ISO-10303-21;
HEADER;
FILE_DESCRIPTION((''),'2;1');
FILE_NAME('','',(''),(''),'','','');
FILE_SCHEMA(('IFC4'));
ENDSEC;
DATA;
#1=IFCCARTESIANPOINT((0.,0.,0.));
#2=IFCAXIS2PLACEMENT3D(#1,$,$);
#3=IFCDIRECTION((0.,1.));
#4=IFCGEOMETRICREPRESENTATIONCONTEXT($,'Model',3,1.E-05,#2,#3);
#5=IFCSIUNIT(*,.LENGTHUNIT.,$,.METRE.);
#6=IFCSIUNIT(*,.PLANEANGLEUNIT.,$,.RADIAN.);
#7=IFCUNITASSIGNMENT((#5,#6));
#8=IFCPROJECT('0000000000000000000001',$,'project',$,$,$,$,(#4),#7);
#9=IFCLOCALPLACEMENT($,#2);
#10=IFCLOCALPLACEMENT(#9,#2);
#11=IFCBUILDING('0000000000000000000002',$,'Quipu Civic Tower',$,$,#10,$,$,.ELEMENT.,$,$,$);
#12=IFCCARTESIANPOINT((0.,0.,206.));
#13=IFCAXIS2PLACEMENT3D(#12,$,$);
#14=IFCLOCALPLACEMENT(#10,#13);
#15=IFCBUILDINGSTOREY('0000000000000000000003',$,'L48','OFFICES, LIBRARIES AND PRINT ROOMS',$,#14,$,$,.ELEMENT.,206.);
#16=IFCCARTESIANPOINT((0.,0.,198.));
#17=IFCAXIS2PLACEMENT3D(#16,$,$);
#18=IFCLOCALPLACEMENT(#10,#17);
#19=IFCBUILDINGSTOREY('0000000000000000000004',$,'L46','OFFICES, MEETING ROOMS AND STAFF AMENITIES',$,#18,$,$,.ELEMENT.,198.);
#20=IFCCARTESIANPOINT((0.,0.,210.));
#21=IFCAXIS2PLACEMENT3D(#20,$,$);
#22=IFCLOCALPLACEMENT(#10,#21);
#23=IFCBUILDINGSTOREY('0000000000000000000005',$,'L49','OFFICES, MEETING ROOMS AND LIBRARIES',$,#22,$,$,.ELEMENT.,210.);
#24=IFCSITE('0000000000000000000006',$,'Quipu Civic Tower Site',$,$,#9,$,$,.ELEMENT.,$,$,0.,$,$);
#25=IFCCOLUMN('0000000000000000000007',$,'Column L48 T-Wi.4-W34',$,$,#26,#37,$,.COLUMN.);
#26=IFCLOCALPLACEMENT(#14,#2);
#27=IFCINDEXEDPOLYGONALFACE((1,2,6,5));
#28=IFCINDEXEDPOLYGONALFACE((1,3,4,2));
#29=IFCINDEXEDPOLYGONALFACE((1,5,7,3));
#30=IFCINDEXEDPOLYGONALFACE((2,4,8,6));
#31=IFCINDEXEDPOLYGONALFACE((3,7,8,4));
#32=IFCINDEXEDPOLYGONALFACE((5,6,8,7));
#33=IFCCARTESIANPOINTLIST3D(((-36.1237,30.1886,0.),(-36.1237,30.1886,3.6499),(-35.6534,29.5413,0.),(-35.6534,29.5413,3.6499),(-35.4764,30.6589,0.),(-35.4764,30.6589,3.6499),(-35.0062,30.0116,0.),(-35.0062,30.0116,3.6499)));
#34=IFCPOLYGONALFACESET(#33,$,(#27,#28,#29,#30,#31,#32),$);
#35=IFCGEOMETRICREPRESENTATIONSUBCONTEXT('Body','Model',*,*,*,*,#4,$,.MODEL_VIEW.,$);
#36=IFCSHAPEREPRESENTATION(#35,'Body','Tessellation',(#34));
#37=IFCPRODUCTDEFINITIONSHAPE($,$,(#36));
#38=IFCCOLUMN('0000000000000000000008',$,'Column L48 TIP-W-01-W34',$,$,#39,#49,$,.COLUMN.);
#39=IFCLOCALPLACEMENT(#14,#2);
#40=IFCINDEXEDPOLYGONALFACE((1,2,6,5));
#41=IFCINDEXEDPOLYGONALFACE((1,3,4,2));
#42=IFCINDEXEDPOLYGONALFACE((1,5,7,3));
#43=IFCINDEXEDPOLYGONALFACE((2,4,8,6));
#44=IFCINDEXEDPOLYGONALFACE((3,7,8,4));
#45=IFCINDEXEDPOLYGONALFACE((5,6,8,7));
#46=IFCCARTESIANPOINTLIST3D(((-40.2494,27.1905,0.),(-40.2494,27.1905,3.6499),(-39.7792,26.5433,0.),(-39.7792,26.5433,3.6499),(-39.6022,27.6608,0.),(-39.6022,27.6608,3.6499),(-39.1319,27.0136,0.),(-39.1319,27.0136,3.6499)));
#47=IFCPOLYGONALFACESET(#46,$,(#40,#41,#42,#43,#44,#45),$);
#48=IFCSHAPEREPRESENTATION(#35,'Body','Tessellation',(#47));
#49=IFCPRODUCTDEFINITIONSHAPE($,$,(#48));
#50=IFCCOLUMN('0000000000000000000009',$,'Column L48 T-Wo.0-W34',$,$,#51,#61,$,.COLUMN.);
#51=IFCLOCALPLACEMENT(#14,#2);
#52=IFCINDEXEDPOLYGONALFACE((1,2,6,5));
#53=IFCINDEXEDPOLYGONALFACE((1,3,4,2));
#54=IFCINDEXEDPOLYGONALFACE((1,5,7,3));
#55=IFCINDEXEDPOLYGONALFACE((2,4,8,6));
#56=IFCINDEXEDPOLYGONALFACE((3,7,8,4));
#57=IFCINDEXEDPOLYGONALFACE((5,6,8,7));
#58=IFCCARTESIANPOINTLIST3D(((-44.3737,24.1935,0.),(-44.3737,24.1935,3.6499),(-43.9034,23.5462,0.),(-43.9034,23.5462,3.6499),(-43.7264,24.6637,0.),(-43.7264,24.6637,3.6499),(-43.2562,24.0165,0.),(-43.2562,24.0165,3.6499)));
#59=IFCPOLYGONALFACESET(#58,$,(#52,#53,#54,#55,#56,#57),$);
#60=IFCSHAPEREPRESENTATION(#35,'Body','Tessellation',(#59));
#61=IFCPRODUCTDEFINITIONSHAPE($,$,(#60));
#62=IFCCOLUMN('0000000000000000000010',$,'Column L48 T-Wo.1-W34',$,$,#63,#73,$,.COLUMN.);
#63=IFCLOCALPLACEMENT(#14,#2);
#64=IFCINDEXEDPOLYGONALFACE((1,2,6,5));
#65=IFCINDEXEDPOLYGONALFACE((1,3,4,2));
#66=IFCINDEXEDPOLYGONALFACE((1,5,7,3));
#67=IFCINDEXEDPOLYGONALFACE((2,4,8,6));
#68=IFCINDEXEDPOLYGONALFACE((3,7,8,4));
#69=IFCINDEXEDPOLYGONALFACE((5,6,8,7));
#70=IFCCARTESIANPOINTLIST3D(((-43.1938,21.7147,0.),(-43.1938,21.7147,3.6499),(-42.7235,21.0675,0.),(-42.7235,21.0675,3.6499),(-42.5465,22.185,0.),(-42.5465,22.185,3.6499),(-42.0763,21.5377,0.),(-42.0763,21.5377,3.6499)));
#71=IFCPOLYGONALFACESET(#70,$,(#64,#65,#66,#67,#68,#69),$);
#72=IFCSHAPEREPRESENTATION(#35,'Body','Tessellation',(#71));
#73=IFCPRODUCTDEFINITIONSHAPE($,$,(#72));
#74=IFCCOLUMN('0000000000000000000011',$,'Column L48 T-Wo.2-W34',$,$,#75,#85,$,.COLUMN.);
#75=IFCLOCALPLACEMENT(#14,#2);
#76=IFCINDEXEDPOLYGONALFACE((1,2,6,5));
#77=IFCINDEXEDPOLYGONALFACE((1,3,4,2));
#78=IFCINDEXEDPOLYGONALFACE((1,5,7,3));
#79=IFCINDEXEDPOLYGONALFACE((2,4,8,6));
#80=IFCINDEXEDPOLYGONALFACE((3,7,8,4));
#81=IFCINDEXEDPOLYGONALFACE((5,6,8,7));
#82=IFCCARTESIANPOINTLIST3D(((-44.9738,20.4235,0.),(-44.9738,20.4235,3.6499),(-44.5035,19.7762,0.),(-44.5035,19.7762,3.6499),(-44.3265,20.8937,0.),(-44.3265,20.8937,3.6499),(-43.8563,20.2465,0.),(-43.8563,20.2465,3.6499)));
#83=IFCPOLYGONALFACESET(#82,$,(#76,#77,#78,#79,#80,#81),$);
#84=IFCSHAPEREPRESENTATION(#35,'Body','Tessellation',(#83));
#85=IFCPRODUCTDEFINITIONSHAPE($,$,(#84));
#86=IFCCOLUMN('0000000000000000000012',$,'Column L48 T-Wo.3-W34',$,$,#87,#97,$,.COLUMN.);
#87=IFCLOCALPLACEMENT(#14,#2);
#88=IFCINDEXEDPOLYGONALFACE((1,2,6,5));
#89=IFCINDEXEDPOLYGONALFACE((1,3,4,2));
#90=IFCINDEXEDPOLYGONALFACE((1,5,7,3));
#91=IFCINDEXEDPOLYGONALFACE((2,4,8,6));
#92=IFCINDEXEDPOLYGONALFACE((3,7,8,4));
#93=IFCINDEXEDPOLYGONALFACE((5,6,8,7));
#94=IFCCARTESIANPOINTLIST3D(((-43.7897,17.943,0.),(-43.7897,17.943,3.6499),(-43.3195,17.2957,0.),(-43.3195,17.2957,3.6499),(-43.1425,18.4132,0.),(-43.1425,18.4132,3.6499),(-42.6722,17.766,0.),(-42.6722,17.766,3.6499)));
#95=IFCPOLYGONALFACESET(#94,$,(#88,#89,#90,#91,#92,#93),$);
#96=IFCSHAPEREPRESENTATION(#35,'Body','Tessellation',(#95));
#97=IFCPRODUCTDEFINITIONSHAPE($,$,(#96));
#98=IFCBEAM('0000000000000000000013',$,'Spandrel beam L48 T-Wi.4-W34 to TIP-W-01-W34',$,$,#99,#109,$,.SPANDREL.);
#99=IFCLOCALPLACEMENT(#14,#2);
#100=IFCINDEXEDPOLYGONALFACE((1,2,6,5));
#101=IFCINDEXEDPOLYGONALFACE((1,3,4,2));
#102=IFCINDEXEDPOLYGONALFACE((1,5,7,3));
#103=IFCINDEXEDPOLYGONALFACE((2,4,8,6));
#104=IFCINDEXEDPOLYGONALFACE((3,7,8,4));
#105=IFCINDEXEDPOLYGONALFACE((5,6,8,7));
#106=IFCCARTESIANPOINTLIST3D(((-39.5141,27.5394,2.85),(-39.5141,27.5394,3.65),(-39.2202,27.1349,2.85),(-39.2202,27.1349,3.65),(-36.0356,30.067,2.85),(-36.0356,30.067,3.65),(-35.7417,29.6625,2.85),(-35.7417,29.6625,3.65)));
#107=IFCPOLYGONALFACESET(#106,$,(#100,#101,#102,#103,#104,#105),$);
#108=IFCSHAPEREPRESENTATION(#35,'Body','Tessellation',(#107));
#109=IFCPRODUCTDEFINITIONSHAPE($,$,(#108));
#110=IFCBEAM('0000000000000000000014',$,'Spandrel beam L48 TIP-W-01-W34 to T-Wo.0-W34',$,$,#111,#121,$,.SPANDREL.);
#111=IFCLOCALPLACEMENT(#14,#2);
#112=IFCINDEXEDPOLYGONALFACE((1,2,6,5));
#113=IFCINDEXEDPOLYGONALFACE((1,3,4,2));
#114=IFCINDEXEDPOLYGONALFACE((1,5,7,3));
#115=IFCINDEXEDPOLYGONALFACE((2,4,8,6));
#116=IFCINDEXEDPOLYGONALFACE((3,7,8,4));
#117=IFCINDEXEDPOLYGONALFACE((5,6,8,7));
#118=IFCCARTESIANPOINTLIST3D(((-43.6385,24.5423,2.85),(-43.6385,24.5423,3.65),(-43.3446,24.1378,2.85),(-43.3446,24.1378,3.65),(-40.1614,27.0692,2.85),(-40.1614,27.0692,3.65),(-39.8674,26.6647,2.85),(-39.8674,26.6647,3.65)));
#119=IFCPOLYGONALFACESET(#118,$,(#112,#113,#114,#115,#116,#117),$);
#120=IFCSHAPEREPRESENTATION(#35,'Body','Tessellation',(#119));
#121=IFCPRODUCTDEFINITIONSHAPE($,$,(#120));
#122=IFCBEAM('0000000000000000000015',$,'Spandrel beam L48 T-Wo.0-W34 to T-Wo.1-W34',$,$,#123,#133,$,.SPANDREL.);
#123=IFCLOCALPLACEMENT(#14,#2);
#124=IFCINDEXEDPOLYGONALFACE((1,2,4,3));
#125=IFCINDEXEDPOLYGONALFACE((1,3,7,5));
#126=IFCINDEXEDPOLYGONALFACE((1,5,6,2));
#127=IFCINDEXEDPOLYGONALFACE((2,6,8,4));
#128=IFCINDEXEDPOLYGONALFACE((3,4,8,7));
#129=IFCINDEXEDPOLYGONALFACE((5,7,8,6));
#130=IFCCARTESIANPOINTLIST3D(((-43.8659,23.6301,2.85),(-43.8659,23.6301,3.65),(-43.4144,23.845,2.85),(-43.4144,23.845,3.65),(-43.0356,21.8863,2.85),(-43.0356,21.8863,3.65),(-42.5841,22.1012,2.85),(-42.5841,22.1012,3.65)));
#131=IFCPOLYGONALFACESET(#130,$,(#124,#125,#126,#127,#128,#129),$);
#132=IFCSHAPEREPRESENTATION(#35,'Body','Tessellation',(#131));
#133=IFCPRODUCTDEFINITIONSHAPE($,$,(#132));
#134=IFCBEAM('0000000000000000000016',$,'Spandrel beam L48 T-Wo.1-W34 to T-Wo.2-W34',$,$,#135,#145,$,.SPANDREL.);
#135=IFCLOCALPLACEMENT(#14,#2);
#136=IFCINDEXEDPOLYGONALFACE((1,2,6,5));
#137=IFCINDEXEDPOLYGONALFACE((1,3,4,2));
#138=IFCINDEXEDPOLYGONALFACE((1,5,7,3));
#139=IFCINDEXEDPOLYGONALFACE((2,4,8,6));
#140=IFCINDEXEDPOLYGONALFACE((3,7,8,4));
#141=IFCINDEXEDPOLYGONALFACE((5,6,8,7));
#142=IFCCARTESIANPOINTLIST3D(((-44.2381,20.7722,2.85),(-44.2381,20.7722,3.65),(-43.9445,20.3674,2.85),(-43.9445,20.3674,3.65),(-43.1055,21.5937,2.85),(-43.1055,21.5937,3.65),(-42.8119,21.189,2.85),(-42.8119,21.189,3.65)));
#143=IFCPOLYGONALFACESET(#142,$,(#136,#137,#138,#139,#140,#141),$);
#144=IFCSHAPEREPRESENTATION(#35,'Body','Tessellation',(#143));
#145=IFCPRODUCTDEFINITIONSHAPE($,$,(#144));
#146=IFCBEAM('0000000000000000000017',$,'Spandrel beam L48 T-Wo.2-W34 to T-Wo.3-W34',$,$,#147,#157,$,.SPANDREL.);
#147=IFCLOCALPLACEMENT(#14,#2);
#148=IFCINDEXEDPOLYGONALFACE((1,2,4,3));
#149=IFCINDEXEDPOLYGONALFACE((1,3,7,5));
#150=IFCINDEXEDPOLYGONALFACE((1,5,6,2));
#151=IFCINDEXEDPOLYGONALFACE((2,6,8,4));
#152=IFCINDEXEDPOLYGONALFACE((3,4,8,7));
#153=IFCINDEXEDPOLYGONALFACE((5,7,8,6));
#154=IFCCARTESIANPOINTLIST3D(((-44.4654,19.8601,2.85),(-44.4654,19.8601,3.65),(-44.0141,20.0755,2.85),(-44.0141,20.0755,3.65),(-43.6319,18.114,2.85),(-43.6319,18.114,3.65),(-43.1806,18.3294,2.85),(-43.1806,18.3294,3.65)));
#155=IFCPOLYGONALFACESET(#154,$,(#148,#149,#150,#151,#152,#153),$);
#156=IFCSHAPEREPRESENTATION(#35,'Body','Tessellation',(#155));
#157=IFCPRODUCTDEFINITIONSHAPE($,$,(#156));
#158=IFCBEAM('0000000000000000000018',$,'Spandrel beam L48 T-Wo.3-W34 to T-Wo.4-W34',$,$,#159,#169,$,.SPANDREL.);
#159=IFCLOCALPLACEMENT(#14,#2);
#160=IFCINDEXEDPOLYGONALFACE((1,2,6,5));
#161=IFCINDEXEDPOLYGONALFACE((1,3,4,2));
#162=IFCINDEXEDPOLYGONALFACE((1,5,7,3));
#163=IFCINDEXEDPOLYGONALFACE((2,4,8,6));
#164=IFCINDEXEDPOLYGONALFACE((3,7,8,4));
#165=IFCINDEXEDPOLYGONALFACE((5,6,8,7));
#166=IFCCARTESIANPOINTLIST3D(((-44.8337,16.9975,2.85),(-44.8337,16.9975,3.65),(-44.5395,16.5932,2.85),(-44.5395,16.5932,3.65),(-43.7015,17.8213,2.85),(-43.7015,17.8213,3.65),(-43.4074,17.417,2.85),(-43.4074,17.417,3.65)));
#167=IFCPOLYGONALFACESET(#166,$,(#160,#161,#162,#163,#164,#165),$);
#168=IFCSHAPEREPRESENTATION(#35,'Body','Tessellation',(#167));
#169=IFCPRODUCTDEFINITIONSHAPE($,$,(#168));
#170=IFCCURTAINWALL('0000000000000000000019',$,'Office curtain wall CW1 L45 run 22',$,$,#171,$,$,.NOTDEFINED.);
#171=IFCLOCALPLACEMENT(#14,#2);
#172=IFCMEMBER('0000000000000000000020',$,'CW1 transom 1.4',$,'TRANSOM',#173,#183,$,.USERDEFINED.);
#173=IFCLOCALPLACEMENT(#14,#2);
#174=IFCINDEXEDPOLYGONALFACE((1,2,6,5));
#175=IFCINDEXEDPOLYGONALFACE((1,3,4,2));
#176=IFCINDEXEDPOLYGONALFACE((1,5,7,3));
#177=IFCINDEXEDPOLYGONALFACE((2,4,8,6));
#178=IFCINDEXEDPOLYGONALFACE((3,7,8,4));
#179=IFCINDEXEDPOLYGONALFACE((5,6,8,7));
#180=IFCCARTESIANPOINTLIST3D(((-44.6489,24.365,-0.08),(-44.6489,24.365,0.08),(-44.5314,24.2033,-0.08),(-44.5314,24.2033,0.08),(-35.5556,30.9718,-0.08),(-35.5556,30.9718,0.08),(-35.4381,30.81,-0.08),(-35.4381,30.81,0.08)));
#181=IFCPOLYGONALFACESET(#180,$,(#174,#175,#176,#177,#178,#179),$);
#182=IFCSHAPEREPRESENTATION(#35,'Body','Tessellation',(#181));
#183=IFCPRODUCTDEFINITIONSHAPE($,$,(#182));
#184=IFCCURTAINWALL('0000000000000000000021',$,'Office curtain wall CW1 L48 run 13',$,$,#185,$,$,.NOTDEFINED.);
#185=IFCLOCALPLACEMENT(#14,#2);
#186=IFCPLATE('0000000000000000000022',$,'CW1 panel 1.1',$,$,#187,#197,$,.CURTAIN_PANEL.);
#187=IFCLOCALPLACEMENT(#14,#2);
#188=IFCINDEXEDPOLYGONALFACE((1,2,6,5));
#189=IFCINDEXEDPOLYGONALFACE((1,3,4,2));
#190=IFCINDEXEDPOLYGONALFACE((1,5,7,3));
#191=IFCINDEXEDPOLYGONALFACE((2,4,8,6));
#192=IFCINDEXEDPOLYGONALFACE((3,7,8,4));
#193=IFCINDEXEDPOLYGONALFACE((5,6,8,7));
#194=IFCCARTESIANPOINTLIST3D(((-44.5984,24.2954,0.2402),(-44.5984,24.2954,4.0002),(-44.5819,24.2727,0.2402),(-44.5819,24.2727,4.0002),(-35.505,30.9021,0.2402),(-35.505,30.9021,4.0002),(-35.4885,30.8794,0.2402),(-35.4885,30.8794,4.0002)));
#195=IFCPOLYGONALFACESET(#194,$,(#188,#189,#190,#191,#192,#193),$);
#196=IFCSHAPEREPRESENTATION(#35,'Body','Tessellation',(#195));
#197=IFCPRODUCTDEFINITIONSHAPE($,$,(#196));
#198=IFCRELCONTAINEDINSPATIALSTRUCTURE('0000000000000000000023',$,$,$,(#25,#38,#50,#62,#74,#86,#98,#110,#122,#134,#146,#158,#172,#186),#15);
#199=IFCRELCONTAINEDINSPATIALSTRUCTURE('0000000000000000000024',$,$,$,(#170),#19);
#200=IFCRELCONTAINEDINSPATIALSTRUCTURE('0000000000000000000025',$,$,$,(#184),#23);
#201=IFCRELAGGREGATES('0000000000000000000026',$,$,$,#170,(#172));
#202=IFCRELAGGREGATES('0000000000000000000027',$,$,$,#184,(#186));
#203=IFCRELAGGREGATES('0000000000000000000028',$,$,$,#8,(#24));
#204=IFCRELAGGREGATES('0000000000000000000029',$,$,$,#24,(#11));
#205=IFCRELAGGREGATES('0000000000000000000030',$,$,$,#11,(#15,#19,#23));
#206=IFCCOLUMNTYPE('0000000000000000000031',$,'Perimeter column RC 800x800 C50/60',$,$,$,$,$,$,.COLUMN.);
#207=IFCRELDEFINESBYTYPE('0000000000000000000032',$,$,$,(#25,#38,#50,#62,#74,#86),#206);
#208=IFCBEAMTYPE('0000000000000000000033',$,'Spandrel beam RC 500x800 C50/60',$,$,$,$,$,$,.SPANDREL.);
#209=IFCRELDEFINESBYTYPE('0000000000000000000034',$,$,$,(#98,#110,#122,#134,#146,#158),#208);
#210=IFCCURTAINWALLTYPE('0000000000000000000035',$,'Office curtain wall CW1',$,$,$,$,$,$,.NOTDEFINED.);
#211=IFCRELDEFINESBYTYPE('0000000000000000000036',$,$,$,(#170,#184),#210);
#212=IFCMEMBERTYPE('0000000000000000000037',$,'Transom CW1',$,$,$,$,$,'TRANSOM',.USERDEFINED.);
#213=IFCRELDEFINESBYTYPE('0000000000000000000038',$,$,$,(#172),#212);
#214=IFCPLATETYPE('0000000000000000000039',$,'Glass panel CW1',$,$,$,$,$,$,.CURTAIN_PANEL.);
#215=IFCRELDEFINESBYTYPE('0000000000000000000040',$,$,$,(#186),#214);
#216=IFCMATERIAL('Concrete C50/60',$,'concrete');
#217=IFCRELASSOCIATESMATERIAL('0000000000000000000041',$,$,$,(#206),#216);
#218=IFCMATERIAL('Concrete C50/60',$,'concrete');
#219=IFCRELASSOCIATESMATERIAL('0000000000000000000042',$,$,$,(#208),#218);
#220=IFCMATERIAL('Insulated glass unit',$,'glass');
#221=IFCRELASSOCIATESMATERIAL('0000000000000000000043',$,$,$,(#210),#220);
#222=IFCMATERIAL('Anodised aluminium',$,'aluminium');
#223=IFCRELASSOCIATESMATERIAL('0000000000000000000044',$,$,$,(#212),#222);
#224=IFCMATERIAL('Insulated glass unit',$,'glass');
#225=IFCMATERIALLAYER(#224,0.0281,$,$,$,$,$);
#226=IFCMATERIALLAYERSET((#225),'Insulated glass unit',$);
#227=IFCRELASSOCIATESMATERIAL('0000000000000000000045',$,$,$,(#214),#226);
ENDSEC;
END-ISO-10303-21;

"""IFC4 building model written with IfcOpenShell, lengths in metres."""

from ifc_helpers import new_model, si_unit, direction, frame, origin, origin_2d, place, context, subcontext, project, spatial, rectangle, extrude, material, layer, layer_set, material_profile, profile_set, type_object, element, aggregate, save


model = new_model("IFC4")

# Units and contexts
model_context = context("Model", 3, precision=1e-05, world=origin(), true_north=direction((0.0, 1.0)))
body_context = subcontext(model_context, "Body", "Model", "MODEL_VIEW")
ifc_project = project(units=[si_unit("LENGTHUNIT", "METRE"), si_unit("PLANEANGLEUNIT", "RADIAN")], contexts=[model_context])

# Site, building, storey
site_placement = place(None, origin())
site = spatial("IfcSite", under=ifc_project, at=site_placement, Name="Quipu Civic Tower Site", CompositionType="ELEMENT", RefElevation=0.0)
building_placement = place(site_placement, origin())
building = spatial("IfcBuilding", under=site, at=building_placement, Name="Quipu Civic Tower", CompositionType="ELEMENT")
storey_1_placement = place(building_placement, frame((0.0, 0.0, 206.0)))
storey_1 = spatial("IfcBuildingStorey", under=building, at=storey_1_placement, Name="L48", Description="OFFICES, LIBRARIES AND PRINT ROOMS", CompositionType="ELEMENT", Elevation=206.0)

# Columns
ifc_material_1 = material(Name="Concrete C50/60", Category="concrete")
ifc_material_profile_1 = material_profile(ifc_material_1, rectangle(XDim=0.8, YDim=0.8, at=origin_2d()), Name="RC800x800")
ifc_profile_set_1 = profile_set([ifc_material_profile_1], Name="Concrete C50/60")
column_type = type_object("IfcColumnType", Name="Perimeter column RC 800x800 C50/60", PredefinedType="COLUMN", material=ifc_profile_set_1)
for number, where, z_axis, x_axis, name in (
    (1, (-35.5649, 30.1001, 0.0), (0.0, 0.0, 1.0), (-0.809017, -0.587785, 0.0), "Column L48 T-Wi.4-W34"),
    (2, (-39.6907, 27.1021, 0.0), (0.0, 0.0, 1.0), (-0.809017, -0.587785, 0.0), "Column L48 TIP-W-01-W34"),
    (3, (-43.8149, 24.105, 0.0), (0.0, 0.0, 1.0), (-0.809017, -0.587785, 0.0), "Column L48 T-Wo.0-W34"),
    (4, (-42.635, 21.6262, 0.0), (0.0, 0.0, 1.0), (-0.809017, -0.587785, 0.0), "Column L48 T-Wo.1-W34"),
    (5, (-44.415, 20.335, 0.0), (0.0, 0.0, 1.0), (0.587785, -0.809017, 0.0), "Column L48 T-Wo.2-W34"),
    (6, (-43.231, 17.8545, 0.0), (0.0, 0.0, 1.0), (0.587785, -0.809017, 0.0), "Column L48 T-Wo.3-W34"),
):
    element("IfcColumn", number, at=place(storey_1_placement, frame(where, z_axis=z_axis, x_axis=x_axis)), inside=storey_1, type_object=column_type, Name=name, PredefinedType="COLUMN", context=body_context, shape_type="SweptSolid", body=[
        extrude(rectangle(XDim=0.8, YDim=0.8, at=origin_2d()), origin(), (0.0, 0.0, 1.0), 3.6499),
    ])

# Beams
ifc_material_2 = material(Name="Concrete C50/60", Category="concrete")
ifc_material_profile_2 = material_profile(ifc_material_2, rectangle(XDim=0.5, YDim=0.8, at=origin_2d()), Name="RC500x800")
ifc_profile_set_2 = profile_set([ifc_material_profile_2], Name="Concrete C50/60")
beam_type = type_object("IfcBeamType", Name="Spandrel beam RC 500x800 C50/60", PredefinedType="SPANDREL", material=ifc_profile_set_2)
beam_1_placement = place(storey_1_placement, frame((-35.8887, 29.8647, 3.25), z_axis=(-0.808984, -0.587831, 0.0), x_axis=(0.587831, -0.808984, 0.0)))
element("IfcBeam", 7, at=beam_1_placement, inside=storey_1, type_object=beam_type, Name="Spandrel beam L48 T-Wi.4-W34 to TIP-W-01-W34", PredefinedType="SPANDREL", context=body_context, shape_type="SweptSolid", body=[
    extrude(rectangle(XDim=0.5, YDim=0.8, at=origin_2d()), origin(), (0.0, 0.0, 1.0), 4.2998),
])
beam_2_placement = place(storey_1_placement, frame((-40.0144, 26.8669, 3.25), z_axis=(-0.808947, -0.587881, 0.0), x_axis=(0.587881, -0.808947, 0.0)))
element("IfcBeam", 8, at=beam_2_placement, inside=storey_1, type_object=beam_type, Name="Spandrel beam L48 TIP-W-01-W34 to T-Wo.0-W34", PredefinedType="SPANDREL", context=body_context, shape_type="SweptSolid", body=[
    extrude(rectangle(XDim=0.5, YDim=0.8, at=origin_2d()), origin(), (0.0, 0.0, 1.0), 4.2983),
])
beam_3_placement = place(storey_1_placement, frame((-43.6401, 23.7375, 3.25), z_axis=(0.429889, -0.902882, 0.0), x_axis=(0.902882, 0.429889, 0.0)))
element("IfcBeam", 9, at=beam_3_placement, inside=storey_1, type_object=beam_type, Name="Spandrel beam L48 T-Wo.0-W34 to T-Wo.1-W34", PredefinedType="SPANDREL", context=body_context, shape_type="SweptSolid", body=[
    extrude(rectangle(XDim=0.5, YDim=0.8, at=origin_2d()), origin(), (0.0, 0.0, 1.0), 1.9314),
])
beam_4_placement = place(storey_1_placement, frame((-42.9587, 21.3914, 3.25), z_axis=(-0.809467, -0.587165, 0.0), x_axis=(0.587165, -0.809467, 0.0)))
element("IfcBeam", 10, at=beam_4_placement, inside=storey_1, type_object=beam_type, Name="Spandrel beam L48 T-Wo.1-W34 to T-Wo.2-W34", PredefinedType="SPANDREL", context=body_context, shape_type="SweptSolid", body=[
    extrude(rectangle(XDim=0.5, YDim=0.8, at=origin_2d()), origin(), (0.0, 0.0, 1.0), 1.3992),
])
beam_5_placement = place(storey_1_placement, frame((-44.2397, 19.9678, 3.25), z_axis=(0.430786, -0.902454, 0.0), x_axis=(0.902454, 0.430786, 0.0)))
element("IfcBeam", 11, at=beam_5_placement, inside=storey_1, type_object=beam_type, Name="Spandrel beam L48 T-Wo.2-W34 to T-Wo.3-W34", PredefinedType="SPANDREL", context=body_context, shape_type="SweptSolid", body=[
    extrude(rectangle(XDim=0.5, YDim=0.8, at=origin_2d()), origin(), (0.0, 0.0, 1.0), 1.9348),
])
beam_6_placement = place(storey_1_placement, frame((-43.5544, 17.6191, 3.25), z_axis=(-0.8086, -0.588358, 0.0), x_axis=(0.588358, -0.8086, 0.0)))
element("IfcBeam", 12, at=beam_6_placement, inside=storey_1, type_object=beam_type, Name="Spandrel beam L48 T-Wo.3-W34 to T-Wo.4-W34", PredefinedType="SPANDREL", context=body_context, shape_type="SweptSolid", body=[
    extrude(rectangle(XDim=0.5, YDim=0.8, at=origin_2d()), origin(), (0.0, 0.0, 1.0), 1.4001),
])

# Shared definitions
storey_2_placement = place(building_placement, frame((0.0, 0.0, 198.0)))
storey_2 = spatial("IfcBuildingStorey", under=building, at=storey_2_placement, Name="L46", Description="OFFICES, MEETING ROOMS AND STAFF AMENITIES", CompositionType="ELEMENT", Elevation=198.0)

# Curtain wall, member
ifc_material_3 = material(Name="Insulated glass unit", Category="glass")
curtain_wall_type = type_object("IfcCurtainWallType", Name="Office curtain wall CW1", PredefinedType="NOTDEFINED", material=ifc_material_3)
curtain_wall_1_placement = place(storey_2_placement, origin())
curtain_wall_1 = element("IfcCurtainWall", 13, at=curtain_wall_1_placement, inside=storey_2, type_object=curtain_wall_type, Name="Office curtain wall CW1 L45 run 22", PredefinedType="NOTDEFINED")
ifc_material_4 = material(Name="Anodised aluminium", Category="aluminium")
ifc_material_profile_3 = material_profile(ifc_material_4, rectangle(XDim=0.2, YDim=0.1599, at=origin_2d()), Name="RECT 200x160")
ifc_profile_set_3 = profile_set([ifc_material_profile_3], Name="Anodised aluminium")
member_type = type_object("IfcMemberType", Name="Transom CW1", ElementType="TRANSOM", PredefinedType="USERDEFINED", material=ifc_profile_set_3)
member_placement = place(storey_1_placement, frame((-35.4968, 30.8909, 0.0), z_axis=(-0.809015, -0.587788, 0.0), x_axis=(0.587788, -0.809015, 0.0)))
member = element("IfcMember", 14, at=member_placement, inside=storey_1, type_object=member_type, Name="CW1 transom 1.4", ObjectType="TRANSOM", PredefinedType="USERDEFINED", context=body_context, shape_type="SweptSolid", body=[
    extrude(rectangle(XDim=0.2, YDim=0.1599, at=origin_2d()), origin(), (0.0, 0.0, 1.0), 11.24),
])
aggregate(curtain_wall_1, [member])

# Shared definitions
storey_3_placement = place(building_placement, frame((0.0, 0.0, 210.0)))
storey_3 = spatial("IfcBuildingStorey", under=building, at=storey_3_placement, Name="L49", Description="OFFICES, MEETING ROOMS AND LIBRARIES", CompositionType="ELEMENT", Elevation=210.0)

# Curtain wall, plate
curtain_wall_2_placement = place(storey_3_placement, origin())
curtain_wall_2 = element("IfcCurtainWall", 15, at=curtain_wall_2_placement, inside=storey_3, type_object=curtain_wall_type, Name="Office curtain wall CW1 L48 run 13", PredefinedType="NOTDEFINED")
ifc_material_5 = material(Name="Insulated glass unit", Category="glass")
ifc_layer = layer(ifc_material_5, 0.0281)
ifc_layer_set = layer_set([ifc_layer], Name="Insulated glass unit")
plate_type_1 = type_object("IfcPlateType", Name="Glass panel CW1", PredefinedType="CURTAIN_PANEL", material=ifc_layer_set)
plate_placement = place(storey_1_placement, frame((-40.0435, 27.5874, 0.2402), z_axis=(0.0, 0.0, 1.0), x_axis=(-0.809015, -0.587788, 0.0)))
plate = element("IfcPlate", 16, at=plate_placement, inside=storey_1, type_object=plate_type_1, Name="CW1 panel 1.1", PredefinedType="CURTAIN_PANEL", context=body_context, shape_type="SweptSolid", body=[
    extrude(rectangle(XDim=11.24, YDim=0.0281, at=origin_2d()), origin(), (0.0, 0.0, 1.0), 3.76),
])
aggregate(curtain_wall_2, [plate])

save(model, "model.ifc")
